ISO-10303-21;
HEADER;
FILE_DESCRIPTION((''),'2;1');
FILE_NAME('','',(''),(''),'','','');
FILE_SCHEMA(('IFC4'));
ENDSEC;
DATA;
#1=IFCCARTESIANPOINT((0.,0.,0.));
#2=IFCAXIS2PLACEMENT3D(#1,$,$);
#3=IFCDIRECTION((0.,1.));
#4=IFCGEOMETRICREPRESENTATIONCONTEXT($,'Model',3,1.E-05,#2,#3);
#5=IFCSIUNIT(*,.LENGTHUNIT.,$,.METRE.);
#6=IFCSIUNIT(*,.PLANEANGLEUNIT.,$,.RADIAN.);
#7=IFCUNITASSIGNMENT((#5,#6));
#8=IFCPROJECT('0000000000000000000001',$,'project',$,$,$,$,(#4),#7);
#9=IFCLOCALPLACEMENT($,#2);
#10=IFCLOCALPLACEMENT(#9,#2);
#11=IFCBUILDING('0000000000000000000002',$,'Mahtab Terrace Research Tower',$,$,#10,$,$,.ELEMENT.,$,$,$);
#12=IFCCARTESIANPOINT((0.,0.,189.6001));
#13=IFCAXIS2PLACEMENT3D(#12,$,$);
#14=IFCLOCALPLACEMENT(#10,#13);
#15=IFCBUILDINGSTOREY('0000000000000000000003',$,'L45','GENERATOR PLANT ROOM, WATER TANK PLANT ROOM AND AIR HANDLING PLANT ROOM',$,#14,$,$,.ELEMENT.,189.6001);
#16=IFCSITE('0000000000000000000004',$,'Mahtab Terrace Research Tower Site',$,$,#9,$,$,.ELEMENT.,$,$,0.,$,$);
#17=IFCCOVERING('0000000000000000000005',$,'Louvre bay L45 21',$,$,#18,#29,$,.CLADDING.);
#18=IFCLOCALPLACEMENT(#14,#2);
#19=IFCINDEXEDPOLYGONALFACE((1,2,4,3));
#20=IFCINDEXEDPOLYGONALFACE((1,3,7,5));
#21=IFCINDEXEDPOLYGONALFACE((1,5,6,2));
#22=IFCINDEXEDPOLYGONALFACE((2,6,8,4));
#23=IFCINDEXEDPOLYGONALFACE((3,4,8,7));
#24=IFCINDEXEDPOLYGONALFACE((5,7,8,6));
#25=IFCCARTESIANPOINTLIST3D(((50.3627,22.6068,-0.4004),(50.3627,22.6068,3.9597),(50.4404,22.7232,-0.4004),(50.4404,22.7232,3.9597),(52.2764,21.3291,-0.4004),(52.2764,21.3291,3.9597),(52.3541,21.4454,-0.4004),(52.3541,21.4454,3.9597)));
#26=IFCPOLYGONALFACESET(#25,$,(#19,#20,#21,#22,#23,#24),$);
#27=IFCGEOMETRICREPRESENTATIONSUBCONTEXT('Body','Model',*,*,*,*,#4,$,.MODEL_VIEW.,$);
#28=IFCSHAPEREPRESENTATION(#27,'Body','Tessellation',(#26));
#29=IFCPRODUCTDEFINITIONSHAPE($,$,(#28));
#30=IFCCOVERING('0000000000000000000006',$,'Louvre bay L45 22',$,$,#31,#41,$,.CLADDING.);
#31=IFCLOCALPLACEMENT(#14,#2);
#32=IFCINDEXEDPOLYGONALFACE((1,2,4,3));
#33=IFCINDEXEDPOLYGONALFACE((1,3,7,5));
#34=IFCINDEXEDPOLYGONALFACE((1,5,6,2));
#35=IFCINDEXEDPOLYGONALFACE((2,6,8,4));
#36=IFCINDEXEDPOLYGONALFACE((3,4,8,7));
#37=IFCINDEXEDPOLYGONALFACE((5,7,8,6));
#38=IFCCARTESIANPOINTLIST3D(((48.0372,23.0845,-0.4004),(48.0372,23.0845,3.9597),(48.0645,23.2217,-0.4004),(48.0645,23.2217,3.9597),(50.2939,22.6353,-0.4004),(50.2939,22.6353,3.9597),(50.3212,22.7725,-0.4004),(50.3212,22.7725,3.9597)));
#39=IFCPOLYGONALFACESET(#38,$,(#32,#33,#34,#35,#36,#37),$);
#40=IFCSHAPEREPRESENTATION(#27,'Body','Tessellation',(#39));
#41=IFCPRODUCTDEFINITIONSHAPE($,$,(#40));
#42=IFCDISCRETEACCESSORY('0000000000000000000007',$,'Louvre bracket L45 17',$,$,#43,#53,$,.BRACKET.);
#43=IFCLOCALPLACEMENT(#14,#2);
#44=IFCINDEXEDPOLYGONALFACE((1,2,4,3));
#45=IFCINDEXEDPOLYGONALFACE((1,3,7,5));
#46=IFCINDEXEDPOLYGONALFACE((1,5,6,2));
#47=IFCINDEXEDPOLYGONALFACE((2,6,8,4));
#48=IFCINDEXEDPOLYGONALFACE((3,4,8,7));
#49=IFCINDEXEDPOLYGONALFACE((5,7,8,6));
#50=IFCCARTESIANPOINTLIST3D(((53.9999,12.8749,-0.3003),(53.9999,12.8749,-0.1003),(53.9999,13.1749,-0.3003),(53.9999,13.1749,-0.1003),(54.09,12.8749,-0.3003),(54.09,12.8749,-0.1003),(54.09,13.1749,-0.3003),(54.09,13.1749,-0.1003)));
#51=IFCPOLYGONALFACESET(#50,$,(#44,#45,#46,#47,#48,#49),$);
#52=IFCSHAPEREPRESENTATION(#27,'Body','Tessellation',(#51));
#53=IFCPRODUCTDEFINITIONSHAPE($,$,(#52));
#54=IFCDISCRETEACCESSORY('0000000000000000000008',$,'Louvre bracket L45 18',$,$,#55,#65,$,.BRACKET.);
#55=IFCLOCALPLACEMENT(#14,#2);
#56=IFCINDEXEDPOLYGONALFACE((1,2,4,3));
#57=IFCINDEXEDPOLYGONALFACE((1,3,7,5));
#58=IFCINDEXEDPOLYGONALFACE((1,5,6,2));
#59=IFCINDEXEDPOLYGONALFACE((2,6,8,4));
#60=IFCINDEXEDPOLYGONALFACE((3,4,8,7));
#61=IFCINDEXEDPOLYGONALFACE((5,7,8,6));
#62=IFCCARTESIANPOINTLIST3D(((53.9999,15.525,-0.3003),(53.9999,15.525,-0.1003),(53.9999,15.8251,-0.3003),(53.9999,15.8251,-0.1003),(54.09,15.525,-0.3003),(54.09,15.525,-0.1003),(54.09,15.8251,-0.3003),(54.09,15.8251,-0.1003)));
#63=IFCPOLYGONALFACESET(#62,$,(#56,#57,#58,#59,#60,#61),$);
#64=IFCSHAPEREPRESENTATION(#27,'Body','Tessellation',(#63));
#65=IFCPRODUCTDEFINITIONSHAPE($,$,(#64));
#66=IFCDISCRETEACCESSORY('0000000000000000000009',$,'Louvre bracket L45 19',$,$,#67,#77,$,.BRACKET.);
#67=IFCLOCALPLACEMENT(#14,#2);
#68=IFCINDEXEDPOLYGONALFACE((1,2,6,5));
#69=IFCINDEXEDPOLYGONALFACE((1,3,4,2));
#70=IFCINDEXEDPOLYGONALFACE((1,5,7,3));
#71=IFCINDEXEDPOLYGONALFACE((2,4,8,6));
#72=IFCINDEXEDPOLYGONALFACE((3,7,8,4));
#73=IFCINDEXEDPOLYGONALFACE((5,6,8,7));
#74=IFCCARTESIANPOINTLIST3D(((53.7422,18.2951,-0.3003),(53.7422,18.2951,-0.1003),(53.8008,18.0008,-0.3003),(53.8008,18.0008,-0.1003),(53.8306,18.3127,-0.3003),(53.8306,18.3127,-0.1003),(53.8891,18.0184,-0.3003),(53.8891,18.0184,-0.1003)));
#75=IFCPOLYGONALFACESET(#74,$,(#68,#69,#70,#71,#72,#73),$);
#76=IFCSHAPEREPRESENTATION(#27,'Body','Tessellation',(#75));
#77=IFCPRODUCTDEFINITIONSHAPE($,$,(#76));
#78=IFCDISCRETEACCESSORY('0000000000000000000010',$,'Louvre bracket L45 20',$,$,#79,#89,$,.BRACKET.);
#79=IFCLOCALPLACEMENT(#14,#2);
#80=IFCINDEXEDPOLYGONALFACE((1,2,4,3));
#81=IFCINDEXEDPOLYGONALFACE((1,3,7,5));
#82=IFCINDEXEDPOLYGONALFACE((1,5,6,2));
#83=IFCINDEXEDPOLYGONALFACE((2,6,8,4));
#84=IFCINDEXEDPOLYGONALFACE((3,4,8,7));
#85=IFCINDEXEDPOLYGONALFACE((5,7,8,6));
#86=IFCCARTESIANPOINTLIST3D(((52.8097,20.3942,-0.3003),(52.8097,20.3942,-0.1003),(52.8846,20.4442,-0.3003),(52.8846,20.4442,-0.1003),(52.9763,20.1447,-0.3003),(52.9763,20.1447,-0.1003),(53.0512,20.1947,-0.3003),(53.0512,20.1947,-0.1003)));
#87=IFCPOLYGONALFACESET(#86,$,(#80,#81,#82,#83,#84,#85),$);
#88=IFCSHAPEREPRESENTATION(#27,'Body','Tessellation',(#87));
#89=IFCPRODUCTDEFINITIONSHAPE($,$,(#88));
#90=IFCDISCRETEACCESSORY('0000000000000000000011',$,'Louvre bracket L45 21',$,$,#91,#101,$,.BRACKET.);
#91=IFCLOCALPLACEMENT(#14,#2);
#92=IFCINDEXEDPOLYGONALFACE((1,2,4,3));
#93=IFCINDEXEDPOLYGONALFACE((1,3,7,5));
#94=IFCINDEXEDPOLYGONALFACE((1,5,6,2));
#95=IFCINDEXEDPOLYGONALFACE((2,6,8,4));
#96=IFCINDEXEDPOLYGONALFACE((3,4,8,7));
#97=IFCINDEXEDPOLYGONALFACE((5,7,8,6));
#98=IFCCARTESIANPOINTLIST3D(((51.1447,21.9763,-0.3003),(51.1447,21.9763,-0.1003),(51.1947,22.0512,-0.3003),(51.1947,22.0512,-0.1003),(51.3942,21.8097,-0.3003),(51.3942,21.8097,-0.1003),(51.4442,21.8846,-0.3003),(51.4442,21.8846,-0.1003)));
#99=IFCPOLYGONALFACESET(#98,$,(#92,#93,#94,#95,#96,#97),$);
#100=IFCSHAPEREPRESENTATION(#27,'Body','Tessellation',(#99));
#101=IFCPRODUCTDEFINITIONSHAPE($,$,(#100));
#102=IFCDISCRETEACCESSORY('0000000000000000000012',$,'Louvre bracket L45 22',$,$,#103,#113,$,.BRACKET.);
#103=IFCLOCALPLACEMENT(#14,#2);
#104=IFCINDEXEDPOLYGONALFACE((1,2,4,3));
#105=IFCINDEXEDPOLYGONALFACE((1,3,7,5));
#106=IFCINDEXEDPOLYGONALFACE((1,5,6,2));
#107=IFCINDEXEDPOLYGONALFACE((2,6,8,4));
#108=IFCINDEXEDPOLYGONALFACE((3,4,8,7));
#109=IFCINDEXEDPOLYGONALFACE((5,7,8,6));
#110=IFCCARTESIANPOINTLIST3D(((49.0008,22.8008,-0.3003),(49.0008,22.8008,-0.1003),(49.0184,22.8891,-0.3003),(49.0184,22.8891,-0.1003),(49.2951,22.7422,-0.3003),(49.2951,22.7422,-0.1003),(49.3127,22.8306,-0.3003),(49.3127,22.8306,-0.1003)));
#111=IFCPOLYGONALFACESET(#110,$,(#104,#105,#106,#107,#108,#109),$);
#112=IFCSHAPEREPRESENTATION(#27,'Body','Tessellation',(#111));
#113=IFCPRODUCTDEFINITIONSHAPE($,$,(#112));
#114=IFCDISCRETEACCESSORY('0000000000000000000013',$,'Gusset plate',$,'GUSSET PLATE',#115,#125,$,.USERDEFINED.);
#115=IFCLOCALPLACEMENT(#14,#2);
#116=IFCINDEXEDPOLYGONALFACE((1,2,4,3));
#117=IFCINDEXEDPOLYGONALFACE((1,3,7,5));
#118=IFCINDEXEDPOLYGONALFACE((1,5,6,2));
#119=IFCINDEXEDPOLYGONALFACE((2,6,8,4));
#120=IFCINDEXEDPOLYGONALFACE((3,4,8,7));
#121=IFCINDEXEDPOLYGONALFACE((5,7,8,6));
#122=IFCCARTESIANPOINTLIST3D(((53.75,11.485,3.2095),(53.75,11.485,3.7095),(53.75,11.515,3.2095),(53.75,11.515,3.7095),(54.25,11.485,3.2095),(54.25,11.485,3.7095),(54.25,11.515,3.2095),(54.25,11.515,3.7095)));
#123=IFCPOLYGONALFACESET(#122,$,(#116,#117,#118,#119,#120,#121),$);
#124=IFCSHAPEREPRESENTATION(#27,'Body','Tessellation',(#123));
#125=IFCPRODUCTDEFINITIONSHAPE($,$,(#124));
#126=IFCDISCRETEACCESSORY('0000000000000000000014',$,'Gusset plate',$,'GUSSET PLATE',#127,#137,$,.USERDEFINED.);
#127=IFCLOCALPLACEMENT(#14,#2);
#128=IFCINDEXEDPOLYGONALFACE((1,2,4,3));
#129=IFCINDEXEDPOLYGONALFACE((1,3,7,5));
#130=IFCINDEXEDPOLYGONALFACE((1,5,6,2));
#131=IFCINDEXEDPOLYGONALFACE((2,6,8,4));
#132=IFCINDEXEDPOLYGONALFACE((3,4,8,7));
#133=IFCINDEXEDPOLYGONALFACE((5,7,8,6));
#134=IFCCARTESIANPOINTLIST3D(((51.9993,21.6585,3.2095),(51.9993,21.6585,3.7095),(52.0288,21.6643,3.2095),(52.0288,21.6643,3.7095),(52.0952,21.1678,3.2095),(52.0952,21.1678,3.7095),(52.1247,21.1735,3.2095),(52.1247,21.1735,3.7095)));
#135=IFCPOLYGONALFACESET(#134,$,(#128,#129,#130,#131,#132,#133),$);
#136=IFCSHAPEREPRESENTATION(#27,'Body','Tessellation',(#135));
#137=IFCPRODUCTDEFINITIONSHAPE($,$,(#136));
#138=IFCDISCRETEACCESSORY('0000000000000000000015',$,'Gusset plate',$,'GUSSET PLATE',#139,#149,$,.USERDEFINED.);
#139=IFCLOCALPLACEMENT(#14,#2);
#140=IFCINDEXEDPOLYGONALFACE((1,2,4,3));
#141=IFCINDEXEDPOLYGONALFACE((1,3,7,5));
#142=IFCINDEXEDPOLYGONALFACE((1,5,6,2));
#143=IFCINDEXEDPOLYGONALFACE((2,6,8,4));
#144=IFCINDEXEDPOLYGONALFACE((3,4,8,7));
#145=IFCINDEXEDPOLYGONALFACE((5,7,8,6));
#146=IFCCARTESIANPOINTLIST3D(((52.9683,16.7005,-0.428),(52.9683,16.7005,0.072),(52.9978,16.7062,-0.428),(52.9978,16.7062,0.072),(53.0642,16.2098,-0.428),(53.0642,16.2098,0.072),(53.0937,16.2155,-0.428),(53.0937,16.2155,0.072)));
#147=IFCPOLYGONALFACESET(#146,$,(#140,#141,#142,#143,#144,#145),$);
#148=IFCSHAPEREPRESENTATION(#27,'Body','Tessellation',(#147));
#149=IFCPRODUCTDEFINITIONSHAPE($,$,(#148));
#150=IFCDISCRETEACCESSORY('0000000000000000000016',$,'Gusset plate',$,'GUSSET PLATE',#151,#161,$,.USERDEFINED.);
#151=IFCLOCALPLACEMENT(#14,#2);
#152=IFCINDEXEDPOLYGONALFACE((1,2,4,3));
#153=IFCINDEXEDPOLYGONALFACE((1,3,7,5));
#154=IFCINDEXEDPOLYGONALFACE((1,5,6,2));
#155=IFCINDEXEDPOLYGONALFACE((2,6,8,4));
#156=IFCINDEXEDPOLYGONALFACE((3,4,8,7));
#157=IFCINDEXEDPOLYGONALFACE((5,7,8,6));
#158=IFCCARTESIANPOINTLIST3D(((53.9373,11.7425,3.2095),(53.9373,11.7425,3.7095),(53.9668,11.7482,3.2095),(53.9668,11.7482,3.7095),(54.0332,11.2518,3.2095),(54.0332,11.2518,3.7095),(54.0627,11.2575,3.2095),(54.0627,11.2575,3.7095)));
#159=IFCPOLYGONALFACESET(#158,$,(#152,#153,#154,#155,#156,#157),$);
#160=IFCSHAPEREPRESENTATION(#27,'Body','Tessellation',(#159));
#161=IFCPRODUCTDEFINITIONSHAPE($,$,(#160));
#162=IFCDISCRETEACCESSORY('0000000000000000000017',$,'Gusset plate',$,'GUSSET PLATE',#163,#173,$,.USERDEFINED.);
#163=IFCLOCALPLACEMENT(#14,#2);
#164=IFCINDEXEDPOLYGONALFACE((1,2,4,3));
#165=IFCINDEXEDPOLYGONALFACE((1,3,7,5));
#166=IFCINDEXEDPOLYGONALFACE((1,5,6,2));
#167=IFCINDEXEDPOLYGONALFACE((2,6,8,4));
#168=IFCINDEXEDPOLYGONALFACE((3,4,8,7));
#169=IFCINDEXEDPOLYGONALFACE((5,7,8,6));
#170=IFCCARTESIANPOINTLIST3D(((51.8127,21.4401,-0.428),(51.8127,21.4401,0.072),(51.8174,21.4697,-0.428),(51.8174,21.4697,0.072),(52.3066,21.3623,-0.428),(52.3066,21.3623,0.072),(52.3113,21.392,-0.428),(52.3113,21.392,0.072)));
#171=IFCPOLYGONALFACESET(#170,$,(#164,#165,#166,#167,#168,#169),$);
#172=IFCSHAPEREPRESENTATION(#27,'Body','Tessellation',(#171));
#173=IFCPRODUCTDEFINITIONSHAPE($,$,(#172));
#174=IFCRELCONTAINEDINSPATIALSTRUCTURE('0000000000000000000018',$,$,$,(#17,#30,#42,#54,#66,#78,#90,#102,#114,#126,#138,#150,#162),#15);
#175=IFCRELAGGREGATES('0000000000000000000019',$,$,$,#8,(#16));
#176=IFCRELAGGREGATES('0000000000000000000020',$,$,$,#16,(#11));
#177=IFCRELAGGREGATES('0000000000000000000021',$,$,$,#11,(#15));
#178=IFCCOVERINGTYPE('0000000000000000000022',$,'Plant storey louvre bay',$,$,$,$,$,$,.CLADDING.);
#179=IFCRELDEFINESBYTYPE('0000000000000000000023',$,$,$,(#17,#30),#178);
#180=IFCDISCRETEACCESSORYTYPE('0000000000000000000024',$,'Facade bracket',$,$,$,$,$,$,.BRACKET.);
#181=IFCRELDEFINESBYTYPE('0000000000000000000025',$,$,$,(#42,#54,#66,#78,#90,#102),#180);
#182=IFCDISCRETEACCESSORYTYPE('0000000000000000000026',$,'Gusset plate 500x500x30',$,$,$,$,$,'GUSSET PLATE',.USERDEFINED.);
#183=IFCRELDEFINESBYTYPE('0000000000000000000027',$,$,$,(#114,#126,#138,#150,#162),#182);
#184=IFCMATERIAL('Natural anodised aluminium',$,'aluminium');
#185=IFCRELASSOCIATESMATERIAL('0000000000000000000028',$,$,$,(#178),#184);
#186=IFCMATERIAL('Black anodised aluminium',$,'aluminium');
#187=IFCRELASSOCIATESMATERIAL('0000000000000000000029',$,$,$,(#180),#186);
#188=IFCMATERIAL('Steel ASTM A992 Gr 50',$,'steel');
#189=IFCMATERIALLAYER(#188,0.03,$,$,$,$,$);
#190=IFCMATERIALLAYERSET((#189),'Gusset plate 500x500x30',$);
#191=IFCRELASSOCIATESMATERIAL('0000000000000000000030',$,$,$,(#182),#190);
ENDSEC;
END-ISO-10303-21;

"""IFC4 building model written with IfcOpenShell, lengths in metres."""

from ifc_helpers import new_model, si_unit, direction, frame, origin, origin_2d, place, context, subcontext, project, spatial, rectangle, extrude, material, layer, layer_set, type_object, element, save


model = new_model("IFC4")

# Units and contexts
model_context = context("Model", 3, precision=1e-05, world=origin(), true_north=direction((0.0, 1.0)))
body_context = subcontext(model_context, "Body", "Model", "MODEL_VIEW")
ifc_project = project(units=[si_unit("LENGTHUNIT", "METRE"), si_unit("PLANEANGLEUNIT", "RADIAN")], contexts=[model_context])

# Site, building, storey
site_placement = place(None, origin())
site = spatial("IfcSite", under=ifc_project, at=site_placement, Name="Mahtab Terrace Research Tower Site", CompositionType="ELEMENT", RefElevation=0.0)
building_placement = place(site_placement, origin())
building = spatial("IfcBuilding", under=site, at=building_placement, Name="Mahtab Terrace Research Tower", CompositionType="ELEMENT")
storey_placement = place(building_placement, frame((0.0, 0.0, 189.6001)))
storey = spatial("IfcBuildingStorey", under=building, at=storey_placement, Name="L45", Description="GENERATOR PLANT ROOM, WATER TANK PLANT ROOM AND AIR HANDLING PLANT ROOM", CompositionType="ELEMENT", Elevation=189.6001)

# Shared definitions
ifc_material_1 = material(Name="Steel ASTM A992 Gr 50", Category="steel")

# Coverings
ifc_material_2 = material(Name="Natural anodised aluminium", Category="aluminium")
covering_type = type_object("IfcCoveringType", Name="Plant storey louvre bay", PredefinedType="CLADDING", material=ifc_material_2)
for number, where, z_axis, x_axis, name in (
    (1, (51.3584, 22.0261, -0.4004), (0.0, 0.0, 1.0), (-0.831656, 0.555291, 0.0), "Louvre bay L45 21"),
    (2, (49.1792, 22.9285, -0.4004), (0.0, 0.0, 1.0), (-0.980761, 0.195212, 0.0), "Louvre bay L45 22"),
):
    element("IfcCovering", number, at=place(storey_placement, frame(where, z_axis=z_axis, x_axis=x_axis)), inside=storey, type_object=covering_type, Name=name, PredefinedType="CLADDING", context=body_context, shape_type="SweptSolid", body=[
        extrude(rectangle(XDim=2.301, YDim=0.1399, at=origin_2d()), origin(), (0.0, 0.0, 1.0), 4.3601),
    ])

# Discrete accessories
ifc_material_3 = material(Name="Black anodised aluminium", Category="aluminium")
discrete_accessory_type_1 = type_object("IfcDiscreteAccessoryType", Name="Facade bracket", PredefinedType="BRACKET", material=ifc_material_3)
for number, where, z_axis, x_axis, name in (
    (3, (54.0449, 13.0249, -0.3003), (0.0, 0.0, 1.0), (0.0, 1.0, 0.0), "Louvre bracket L45 17"),
    (4, (54.0449, 15.675, -0.3003), (0.0, 0.0, 1.0), (0.0, 1.0, 0.0), "Louvre bracket L45 18"),
    (5, (53.8157, 18.1567, -0.3003), (0.0, 0.0, 1.0), (-0.195212, 0.980761, 0.0), "Louvre bracket L45 19"),
    (6, (52.9304, 20.2944, -0.3003), (0.0, 0.0, 1.0), (-0.555291, 0.831656, 0.0), "Louvre bracket L45 20"),
    (7, (51.2944, 21.9304, -0.3003), (0.0, 0.0, 1.0), (-0.831656, 0.555291, 0.0), "Louvre bracket L45 21"),
    (8, (49.1567, 22.8157, -0.3003), (0.0, 0.0, 1.0), (-0.980761, 0.195212, 0.0), "Louvre bracket L45 22"),
):
    element("IfcDiscreteAccessory", number, at=place(storey_placement, frame(where, z_axis=z_axis, x_axis=x_axis)), inside=storey, type_object=discrete_accessory_type_1, Name=name, PredefinedType="BRACKET", context=body_context, shape_type="SweptSolid", body=[
        extrude(rectangle(XDim=0.3, YDim=0.0901, at=origin_2d()), origin(), (0.0, 0.0, 1.0), 0.2),
    ])
ifc_layer = layer(ifc_material_1, 0.03)
ifc_layer_set = layer_set([ifc_layer], Name="Gusset plate 500x500x30")
discrete_accessory_type_2 = type_object("IfcDiscreteAccessoryType", Name="Gusset plate 500x500x30", ElementType="GUSSET PLATE", PredefinedType="USERDEFINED", material=ifc_layer_set)
for number, where, z_axis, x_axis, name in (
    (9, (54.0, 11.5, 3.2095), (0.0, 0.0, 1.0), (1.0, 0.0, 0.0), "Gusset plate"),
    (10, (52.062, 21.416, 3.2095), (0.0, 0.0, 1.0), (-0.19182, 0.98143, 0.0), "Gusset plate"),
    (11, (53.031, 16.458, -0.428), (0.0, 0.0, 1.0), (-0.19182, 0.98143, 0.0), "Gusset plate"),
    (12, (54.0, 11.5, 3.2095), (0.0, 0.0, 1.0), (-0.19182, 0.98143, 0.0), "Gusset plate"),
    (13, (52.062, 21.416, -0.428), (0.0, 0.0, 1.0), (-0.987835, 0.155504, 0.0), "Gusset plate"),
):
    element("IfcDiscreteAccessory", number, at=place(storey_placement, frame(where, z_axis=z_axis, x_axis=x_axis)), inside=storey, type_object=discrete_accessory_type_2, Name=name, ObjectType="GUSSET PLATE", PredefinedType="USERDEFINED", context=body_context, shape_type="SweptSolid", body=[
        extrude(rectangle(XDim=0.5, YDim=0.03, at=origin_2d()), origin(), (0.0, 0.0, 1.0), 0.5),
    ])

save(model, "model.ifc")
